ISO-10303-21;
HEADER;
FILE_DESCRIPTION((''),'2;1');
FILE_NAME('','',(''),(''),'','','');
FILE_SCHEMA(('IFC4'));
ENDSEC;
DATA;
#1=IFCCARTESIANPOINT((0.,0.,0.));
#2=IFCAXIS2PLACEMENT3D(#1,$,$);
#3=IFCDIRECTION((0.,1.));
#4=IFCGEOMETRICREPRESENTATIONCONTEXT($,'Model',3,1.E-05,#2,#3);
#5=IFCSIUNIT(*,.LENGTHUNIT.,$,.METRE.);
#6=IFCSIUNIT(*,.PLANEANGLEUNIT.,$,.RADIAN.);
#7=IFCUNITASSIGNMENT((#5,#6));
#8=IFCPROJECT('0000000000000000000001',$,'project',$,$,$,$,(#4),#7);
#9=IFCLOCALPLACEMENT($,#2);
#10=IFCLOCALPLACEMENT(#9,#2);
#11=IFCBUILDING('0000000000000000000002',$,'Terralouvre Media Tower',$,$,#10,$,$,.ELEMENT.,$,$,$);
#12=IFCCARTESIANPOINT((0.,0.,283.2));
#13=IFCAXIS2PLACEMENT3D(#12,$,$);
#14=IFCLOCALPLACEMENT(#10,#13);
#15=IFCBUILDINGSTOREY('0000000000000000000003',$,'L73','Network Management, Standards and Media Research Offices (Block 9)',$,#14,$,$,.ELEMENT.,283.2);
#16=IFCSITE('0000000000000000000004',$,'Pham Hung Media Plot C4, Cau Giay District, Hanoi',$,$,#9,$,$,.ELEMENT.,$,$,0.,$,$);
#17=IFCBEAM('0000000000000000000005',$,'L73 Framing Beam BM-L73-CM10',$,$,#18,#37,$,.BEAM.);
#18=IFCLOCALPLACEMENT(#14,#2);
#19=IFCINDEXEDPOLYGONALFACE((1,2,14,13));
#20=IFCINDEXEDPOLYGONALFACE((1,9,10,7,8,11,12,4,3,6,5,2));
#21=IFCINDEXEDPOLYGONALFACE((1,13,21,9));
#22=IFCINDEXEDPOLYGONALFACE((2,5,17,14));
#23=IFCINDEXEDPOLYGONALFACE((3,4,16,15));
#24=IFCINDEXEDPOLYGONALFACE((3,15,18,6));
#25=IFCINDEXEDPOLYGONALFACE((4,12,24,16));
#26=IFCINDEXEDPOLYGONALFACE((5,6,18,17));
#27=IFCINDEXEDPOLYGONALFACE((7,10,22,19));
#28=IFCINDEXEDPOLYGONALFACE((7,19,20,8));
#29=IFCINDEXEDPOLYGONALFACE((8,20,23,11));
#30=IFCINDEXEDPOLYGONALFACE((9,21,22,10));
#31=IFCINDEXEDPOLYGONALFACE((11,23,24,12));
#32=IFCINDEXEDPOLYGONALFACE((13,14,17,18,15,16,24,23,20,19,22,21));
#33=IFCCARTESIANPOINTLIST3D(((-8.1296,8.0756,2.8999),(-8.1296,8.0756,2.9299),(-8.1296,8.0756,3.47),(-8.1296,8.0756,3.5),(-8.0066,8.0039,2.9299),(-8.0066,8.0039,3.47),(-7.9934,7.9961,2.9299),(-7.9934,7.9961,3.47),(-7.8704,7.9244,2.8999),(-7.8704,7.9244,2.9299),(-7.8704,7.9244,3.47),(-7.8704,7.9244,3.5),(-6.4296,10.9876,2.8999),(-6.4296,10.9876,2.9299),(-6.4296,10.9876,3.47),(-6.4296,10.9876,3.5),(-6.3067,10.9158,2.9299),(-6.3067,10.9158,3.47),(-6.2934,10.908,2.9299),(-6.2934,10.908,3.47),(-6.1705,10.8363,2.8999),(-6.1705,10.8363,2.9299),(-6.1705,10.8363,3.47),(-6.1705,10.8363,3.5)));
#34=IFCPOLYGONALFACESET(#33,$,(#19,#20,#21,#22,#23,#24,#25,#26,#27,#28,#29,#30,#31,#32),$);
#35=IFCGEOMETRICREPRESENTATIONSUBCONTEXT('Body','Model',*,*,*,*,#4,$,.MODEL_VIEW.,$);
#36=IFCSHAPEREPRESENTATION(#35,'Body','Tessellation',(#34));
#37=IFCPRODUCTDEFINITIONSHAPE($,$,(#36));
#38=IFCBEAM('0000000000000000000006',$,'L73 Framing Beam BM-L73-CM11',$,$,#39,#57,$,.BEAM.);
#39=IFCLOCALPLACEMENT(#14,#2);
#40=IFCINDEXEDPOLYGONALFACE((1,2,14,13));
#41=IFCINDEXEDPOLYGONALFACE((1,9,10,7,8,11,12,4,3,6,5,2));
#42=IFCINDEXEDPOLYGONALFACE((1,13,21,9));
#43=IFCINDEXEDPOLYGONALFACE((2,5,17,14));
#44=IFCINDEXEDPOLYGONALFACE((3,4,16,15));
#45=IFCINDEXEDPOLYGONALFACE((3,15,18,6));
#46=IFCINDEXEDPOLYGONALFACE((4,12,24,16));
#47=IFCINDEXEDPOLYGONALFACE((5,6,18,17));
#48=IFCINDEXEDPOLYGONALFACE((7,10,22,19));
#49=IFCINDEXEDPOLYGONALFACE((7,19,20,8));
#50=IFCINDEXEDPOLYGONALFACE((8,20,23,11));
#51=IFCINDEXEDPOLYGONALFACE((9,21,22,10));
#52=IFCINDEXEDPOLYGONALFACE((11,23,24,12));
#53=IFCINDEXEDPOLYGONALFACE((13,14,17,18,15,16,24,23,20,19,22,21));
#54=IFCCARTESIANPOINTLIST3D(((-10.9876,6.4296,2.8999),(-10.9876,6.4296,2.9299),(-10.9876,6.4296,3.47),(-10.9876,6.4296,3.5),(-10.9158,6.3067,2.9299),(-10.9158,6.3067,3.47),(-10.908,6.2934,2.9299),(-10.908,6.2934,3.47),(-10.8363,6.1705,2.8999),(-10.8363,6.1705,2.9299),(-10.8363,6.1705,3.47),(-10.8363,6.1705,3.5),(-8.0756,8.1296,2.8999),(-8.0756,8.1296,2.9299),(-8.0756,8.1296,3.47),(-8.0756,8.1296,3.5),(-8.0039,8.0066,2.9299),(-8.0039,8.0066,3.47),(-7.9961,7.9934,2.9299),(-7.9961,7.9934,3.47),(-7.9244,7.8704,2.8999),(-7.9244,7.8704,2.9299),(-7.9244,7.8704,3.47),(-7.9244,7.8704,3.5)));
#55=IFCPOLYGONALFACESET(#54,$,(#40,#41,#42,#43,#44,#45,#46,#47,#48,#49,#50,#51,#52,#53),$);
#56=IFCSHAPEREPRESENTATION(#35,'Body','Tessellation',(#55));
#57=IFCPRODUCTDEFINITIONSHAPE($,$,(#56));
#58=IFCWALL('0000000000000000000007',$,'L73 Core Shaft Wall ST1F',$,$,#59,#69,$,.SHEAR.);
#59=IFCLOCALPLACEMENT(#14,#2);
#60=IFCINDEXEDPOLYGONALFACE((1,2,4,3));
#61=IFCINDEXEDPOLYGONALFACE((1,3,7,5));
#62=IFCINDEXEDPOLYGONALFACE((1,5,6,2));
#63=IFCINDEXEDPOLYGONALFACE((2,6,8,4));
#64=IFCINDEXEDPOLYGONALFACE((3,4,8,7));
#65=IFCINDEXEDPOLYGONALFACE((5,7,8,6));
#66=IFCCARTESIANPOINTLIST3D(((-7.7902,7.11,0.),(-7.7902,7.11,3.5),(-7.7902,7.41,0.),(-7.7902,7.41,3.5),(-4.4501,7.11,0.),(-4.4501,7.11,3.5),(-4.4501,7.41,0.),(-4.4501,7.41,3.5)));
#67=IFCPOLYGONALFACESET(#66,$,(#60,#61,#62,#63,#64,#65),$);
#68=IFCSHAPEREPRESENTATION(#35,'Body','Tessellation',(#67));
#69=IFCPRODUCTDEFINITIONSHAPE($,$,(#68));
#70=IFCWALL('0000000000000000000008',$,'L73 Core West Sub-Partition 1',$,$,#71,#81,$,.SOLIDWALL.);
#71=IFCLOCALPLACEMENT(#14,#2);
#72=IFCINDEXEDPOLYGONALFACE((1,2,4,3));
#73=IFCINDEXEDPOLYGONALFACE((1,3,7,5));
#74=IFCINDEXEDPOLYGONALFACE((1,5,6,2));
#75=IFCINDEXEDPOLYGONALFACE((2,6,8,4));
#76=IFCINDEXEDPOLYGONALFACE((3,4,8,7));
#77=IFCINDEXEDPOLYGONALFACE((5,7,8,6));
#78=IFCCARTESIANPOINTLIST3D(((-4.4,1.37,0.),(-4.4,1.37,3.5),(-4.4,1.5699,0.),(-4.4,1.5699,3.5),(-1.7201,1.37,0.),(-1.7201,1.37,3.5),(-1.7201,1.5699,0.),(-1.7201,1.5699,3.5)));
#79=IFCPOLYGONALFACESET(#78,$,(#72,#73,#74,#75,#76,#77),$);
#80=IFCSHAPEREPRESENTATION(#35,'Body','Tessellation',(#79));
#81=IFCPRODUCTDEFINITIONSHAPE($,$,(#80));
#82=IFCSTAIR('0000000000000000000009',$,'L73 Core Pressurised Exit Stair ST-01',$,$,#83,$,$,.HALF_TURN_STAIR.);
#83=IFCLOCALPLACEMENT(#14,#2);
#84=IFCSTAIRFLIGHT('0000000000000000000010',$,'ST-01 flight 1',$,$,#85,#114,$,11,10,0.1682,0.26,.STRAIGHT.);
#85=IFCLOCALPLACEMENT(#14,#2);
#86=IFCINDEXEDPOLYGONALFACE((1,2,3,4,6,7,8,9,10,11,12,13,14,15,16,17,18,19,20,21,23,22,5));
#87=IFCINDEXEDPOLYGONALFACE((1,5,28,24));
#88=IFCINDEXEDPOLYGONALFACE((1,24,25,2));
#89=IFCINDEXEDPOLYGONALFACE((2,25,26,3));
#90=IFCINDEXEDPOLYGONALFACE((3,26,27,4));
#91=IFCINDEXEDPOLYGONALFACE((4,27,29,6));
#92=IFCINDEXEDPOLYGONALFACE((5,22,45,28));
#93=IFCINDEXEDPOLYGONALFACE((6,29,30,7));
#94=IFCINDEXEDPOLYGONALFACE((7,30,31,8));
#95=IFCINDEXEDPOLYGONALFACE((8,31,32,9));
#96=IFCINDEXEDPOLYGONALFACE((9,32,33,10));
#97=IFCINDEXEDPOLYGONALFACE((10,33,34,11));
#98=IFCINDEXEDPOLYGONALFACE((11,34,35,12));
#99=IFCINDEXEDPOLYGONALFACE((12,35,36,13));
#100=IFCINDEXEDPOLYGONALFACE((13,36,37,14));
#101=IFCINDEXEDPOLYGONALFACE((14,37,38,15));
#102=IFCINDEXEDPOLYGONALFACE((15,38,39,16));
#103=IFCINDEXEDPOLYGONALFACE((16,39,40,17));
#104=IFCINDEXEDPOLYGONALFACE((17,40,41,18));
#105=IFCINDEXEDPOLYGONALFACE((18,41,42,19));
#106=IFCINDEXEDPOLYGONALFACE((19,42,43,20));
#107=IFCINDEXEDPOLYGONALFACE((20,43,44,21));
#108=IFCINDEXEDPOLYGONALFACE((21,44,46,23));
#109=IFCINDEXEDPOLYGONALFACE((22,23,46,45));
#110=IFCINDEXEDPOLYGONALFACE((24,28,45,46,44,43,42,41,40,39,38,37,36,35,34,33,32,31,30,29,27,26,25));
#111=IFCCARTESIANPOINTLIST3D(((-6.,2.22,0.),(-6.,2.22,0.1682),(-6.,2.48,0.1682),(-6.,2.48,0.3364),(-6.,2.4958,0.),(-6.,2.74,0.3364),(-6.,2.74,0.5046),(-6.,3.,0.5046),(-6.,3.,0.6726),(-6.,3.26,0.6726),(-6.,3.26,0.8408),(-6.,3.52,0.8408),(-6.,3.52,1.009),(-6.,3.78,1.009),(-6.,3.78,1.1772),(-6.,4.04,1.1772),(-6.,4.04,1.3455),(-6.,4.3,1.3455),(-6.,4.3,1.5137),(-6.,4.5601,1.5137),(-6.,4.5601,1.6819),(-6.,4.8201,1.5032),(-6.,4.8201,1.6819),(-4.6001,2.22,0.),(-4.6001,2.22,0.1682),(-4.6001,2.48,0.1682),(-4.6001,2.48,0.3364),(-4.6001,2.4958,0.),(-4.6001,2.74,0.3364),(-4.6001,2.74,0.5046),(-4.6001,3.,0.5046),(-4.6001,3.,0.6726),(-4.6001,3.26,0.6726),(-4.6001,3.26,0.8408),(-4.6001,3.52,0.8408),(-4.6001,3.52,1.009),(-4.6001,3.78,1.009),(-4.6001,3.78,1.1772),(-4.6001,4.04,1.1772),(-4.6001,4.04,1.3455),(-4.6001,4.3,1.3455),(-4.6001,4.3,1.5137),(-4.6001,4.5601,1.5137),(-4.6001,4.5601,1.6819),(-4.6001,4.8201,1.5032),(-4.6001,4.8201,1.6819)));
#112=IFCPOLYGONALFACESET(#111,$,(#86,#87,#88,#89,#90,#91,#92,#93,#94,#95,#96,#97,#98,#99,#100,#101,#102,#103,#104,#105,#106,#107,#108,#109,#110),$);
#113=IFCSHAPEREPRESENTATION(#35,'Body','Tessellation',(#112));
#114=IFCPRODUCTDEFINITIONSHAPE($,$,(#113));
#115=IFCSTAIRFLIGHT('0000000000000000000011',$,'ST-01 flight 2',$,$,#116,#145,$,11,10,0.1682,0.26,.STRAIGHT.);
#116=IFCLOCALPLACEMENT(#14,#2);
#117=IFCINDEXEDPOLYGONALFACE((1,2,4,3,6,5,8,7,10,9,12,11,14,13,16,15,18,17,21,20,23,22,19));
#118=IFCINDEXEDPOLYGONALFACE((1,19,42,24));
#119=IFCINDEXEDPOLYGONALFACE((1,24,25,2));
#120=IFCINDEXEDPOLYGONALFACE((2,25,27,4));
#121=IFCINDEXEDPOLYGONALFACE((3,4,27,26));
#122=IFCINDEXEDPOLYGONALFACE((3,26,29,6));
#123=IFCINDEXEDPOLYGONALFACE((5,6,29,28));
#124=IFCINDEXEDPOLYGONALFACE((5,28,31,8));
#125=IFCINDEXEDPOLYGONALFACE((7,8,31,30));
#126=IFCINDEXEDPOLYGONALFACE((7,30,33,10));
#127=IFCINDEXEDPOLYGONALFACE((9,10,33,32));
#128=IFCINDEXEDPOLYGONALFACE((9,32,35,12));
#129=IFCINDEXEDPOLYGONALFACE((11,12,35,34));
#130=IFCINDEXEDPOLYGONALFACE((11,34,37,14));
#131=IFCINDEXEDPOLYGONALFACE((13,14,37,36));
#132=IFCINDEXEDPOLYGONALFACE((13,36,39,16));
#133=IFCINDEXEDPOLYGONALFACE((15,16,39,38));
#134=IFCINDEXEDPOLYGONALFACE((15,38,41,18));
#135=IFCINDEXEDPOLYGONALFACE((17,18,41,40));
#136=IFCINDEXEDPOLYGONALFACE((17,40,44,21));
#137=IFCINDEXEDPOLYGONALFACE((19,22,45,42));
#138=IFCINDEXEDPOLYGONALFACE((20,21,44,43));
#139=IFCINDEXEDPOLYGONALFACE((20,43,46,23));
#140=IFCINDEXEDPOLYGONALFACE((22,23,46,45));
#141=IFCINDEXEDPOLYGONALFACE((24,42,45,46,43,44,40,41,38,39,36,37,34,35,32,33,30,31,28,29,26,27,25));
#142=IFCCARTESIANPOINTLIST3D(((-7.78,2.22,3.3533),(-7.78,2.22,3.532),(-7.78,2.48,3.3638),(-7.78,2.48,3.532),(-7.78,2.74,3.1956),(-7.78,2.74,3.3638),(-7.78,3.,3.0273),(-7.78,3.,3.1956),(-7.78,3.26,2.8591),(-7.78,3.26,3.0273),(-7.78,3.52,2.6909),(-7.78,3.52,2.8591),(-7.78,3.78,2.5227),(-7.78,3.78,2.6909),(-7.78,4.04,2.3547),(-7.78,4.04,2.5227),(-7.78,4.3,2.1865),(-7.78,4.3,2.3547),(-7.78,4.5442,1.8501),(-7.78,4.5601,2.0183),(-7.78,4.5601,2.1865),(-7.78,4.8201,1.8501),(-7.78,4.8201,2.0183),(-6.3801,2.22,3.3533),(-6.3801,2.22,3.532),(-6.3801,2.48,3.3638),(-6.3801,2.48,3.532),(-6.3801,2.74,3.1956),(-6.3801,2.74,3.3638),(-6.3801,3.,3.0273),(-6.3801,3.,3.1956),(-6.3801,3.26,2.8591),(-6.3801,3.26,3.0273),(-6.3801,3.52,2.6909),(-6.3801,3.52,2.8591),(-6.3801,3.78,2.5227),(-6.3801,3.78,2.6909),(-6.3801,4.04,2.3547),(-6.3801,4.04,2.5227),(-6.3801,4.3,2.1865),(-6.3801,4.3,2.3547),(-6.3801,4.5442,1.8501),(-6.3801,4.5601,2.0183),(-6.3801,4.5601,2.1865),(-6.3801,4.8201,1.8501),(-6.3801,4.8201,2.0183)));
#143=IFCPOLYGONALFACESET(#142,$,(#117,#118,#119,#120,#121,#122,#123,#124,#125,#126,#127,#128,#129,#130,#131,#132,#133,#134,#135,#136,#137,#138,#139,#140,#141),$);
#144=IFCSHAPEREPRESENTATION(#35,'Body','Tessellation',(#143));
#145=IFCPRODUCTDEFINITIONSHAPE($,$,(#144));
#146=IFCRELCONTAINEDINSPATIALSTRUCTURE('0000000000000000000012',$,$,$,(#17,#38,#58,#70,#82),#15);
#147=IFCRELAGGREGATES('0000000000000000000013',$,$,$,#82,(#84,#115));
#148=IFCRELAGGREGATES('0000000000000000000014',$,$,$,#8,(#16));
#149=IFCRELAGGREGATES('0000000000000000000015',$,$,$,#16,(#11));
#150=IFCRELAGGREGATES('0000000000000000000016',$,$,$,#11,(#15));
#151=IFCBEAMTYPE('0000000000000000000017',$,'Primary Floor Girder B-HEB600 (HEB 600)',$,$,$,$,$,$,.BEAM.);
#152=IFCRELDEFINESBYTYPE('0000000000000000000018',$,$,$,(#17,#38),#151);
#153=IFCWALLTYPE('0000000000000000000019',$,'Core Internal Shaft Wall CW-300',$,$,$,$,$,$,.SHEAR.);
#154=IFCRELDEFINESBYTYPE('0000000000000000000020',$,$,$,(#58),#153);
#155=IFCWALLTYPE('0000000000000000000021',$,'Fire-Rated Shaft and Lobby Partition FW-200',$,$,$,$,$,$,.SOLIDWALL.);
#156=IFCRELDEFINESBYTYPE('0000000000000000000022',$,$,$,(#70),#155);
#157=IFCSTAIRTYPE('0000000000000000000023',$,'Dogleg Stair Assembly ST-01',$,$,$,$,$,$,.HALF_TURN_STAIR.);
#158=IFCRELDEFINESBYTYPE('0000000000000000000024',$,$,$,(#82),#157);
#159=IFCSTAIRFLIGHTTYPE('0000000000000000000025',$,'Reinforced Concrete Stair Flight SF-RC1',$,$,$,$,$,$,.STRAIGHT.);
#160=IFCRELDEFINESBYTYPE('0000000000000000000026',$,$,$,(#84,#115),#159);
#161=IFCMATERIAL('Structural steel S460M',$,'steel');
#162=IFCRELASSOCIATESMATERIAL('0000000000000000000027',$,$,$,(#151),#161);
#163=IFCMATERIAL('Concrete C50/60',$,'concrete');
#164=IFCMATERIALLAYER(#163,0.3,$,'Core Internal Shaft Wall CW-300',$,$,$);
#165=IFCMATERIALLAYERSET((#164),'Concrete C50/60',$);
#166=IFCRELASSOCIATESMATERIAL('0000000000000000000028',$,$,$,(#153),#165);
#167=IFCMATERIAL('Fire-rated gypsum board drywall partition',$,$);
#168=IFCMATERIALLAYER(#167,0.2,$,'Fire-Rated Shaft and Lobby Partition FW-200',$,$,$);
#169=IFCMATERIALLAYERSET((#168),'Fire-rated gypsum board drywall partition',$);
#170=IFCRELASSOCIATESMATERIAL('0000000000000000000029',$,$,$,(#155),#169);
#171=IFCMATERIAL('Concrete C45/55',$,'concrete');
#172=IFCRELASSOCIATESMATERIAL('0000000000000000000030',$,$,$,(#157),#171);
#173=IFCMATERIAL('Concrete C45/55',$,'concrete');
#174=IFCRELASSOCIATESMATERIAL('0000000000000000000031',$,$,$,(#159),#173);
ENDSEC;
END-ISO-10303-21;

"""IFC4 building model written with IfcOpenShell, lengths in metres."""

from ifc_helpers import new_model, si_unit, direction, frame, frame_2d, origin, origin_2d, place, context, subcontext, project, spatial, polyline, rectangle, i_section, outline, extrude, material, layer, layer_set, material_profile, profile_set, type_object, element, aggregate, save


model = new_model("IFC4")

# Units and contexts
model_context = context("Model", 3, precision=1e-05, world=origin(), true_north=direction((0.0, 1.0)))
body_context = subcontext(model_context, "Body", "Model", "MODEL_VIEW")
ifc_project = project(units=[si_unit("LENGTHUNIT", "METRE"), si_unit("PLANEANGLEUNIT", "RADIAN")], contexts=[model_context])

# Site, building, storey
site_placement = place(None, origin())
site = spatial("IfcSite", under=ifc_project, at=site_placement, Name="Pham Hung Media Plot C4, Cau Giay District, Hanoi", CompositionType="ELEMENT", RefElevation=0.0)
building_placement = place(site_placement, origin())
building = spatial("IfcBuilding", under=site, at=building_placement, Name="Terralouvre Media Tower", CompositionType="ELEMENT")
storey_placement = place(building_placement, frame((0.0, 0.0, 283.2)))
storey = spatial("IfcBuildingStorey", under=building, at=storey_placement, Name="L73", Description="Network Management, Standards and Media Research Offices (Block 9)", CompositionType="ELEMENT", Elevation=283.2)

# Beams
ifc_material_1 = material(Name="Structural steel S460M", Category="steel")
ifc_material_profile = material_profile(ifc_material_1, i_section(OverallWidth=0.3, OverallDepth=0.6001, WebThickness=0.0154, FlangeThickness=0.03, at=origin_2d()), Name="HEB 600")
ifc_profile_set = profile_set([ifc_material_profile], Name="Structural steel S460M")
beam_type = type_object("IfcBeamType", Name="Primary Floor Girder B-HEB600 (HEB 600)", PredefinedType="BEAM", material=ifc_profile_set)
for number, where, z_axis, x_axis, name in (
    (1, (-8.0, 8.0, 3.2), (0.504173, 0.863603, 0.0), (-0.863603, 0.504173, 0.0), "L73 Framing Beam BM-L73-CM10"),
    (2, (-8.0, 8.0, 3.2), (-0.863603, -0.504173, 0.0), (0.504173, -0.863603, 0.0), "L73 Framing Beam BM-L73-CM11"),
):
    element("IfcBeam", number, at=place(storey_placement, frame(where, z_axis=z_axis, x_axis=x_axis)), inside=storey, type_object=beam_type, Name=name, PredefinedType="BEAM", context=body_context, shape_type="SweptSolid", body=[
        extrude(i_section(OverallWidth=0.3, OverallDepth=0.6001, WebThickness=0.0154, FlangeThickness=0.03, at=origin_2d()), origin(), (0.0, 0.0, 1.0), 3.3718),
    ])

# Shared definitions
ifc_material_2 = material(Name="Concrete C50/60", Category="concrete")
ifc_layer_1 = layer(ifc_material_2, 0.3, Name="Core Internal Shaft Wall CW-300")
ifc_layer_set_1 = layer_set([ifc_layer_1], Name="Concrete C50/60")
wall_type_1 = type_object("IfcWallType", Name="Core Internal Shaft Wall CW-300", PredefinedType="SHEAR", material=ifc_layer_set_1)

# Wall
wall_1_placement = place(storey_placement, frame((-7.79, 7.26, 0.0), z_axis=(0.0, 0.0, 1.0), x_axis=(1.0, 0.0, 0.0)))
element("IfcWall", 3, at=wall_1_placement, inside=storey, type_object=wall_type_1, Name="L73 Core Shaft Wall ST1F", PredefinedType="SHEAR", context=body_context, shape_type="SweptSolid", body=[
    extrude(rectangle(XDim=3.3401, YDim=0.3, at=frame_2d((1.6699, 0.0))), origin(), (0.0, 0.0, 1.0), 3.5),
])

# Wall
ifc_material_3 = material(Name="Fire-rated gypsum board drywall partition")
ifc_layer_2 = layer(ifc_material_3, 0.2, Name="Fire-Rated Shaft and Lobby Partition FW-200")
ifc_layer_set_2 = layer_set([ifc_layer_2], Name="Fire-rated gypsum board drywall partition")
wall_type_2 = type_object("IfcWallType", Name="Fire-Rated Shaft and Lobby Partition FW-200", PredefinedType="SOLIDWALL", material=ifc_layer_set_2)
wall_2_placement = place(storey_placement, frame((-4.3999, 1.47, 0.0), z_axis=(0.0, 0.0, 1.0), x_axis=(1.0, 0.0, 0.0)))
element("IfcWall", 4, at=wall_2_placement, inside=storey, type_object=wall_type_2, Name="L73 Core West Sub-Partition 1", PredefinedType="SOLIDWALL", context=body_context, shape_type="SweptSolid", body=[
    extrude(rectangle(XDim=2.6799, YDim=0.2, at=frame_2d((1.3398, 0.0))), origin(), (0.0, 0.0, 1.0), 3.5),
])

# Stair, stair flights
ifc_material_4 = material(Name="Concrete C45/55", Category="concrete")
stair_type = type_object("IfcStairType", Name="Dogleg Stair Assembly ST-01", PredefinedType="HALF_TURN_STAIR", material=ifc_material_4)
stair_placement = place(storey_placement, origin())
stair = element("IfcStair", 5, at=stair_placement, inside=storey, type_object=stair_type, Name="L73 Core Pressurised Exit Stair ST-01", PredefinedType="HALF_TURN_STAIR")
ifc_material_5 = material(Name="Concrete C45/55", Category="concrete")
stair_flight_type = type_object("IfcStairFlightType", Name="Reinforced Concrete Stair Flight SF-RC1", PredefinedType="STRAIGHT", material=ifc_material_5)
stair_flight_1_placement = place(storey_placement, frame((-5.3, 2.22, 0.0), z_axis=(0.0, 0.0, 1.0), x_axis=(0.0, 1.0, 0.0)))
stair_flight_1 = element("IfcStairFlight", 6, at=stair_flight_1_placement, type_object=stair_flight_type, Name="ST-01 flight 1", NumberOfRisers=11, NumberOfTreads=10, PredefinedType="STRAIGHT", RiserHeight=0.1682, TreadLength=0.26, context=body_context, shape_type="SweptSolid", body=[
    extrude(outline(polyline([(0.0, 0.0), (0.0, 0.1682), (0.26, 0.1682), (0.26, 0.3364), (0.52, 0.3364), (0.52, 0.5046), (0.78, 0.5046), (0.78, 0.6726), (1.04, 0.6726), (1.04, 0.8408), (1.3, 0.8408), (1.3, 1.009), (1.5601, 1.009), (1.5601, 1.1772), (1.8201, 1.1772), (1.8201, 1.3455), (2.0801, 1.3455), (2.0801, 1.5137), (2.3401, 1.5137), (2.3401, 1.6819), (2.6001, 1.6819), (2.6001, 1.8501), (2.6001, 1.5032), (0.2759, 0.0), (0.0, 0.0)])), frame((0.0, 0.7, 0.0), z_axis=(0.0, -1.0, 0.0), x_axis=(1.0, 0.0, 0.0)), (0.0, 0.0, 1.0), 1.3999),
])
stair_flight_2_placement = place(storey_placement, frame((-7.0801, 4.8201, 1.8501), z_axis=(0.0, 0.0, 1.0), x_axis=(0.0, -1.0, 0.0)))
stair_flight_2 = element("IfcStairFlight", 7, at=stair_flight_2_placement, type_object=stair_flight_type, Name="ST-01 flight 2", NumberOfRisers=11, NumberOfTreads=10, PredefinedType="STRAIGHT", RiserHeight=0.1682, TreadLength=0.26, context=body_context, shape_type="SweptSolid", body=[
    extrude(outline(polyline([(0.0, 0.0), (0.0, 0.1682), (0.26, 0.1682), (0.26, 0.3364), (0.52, 0.3364), (0.52, 0.5046), (0.78, 0.5046), (0.78, 0.6726), (1.04, 0.6726), (1.04, 0.8408), (1.3, 0.8408), (1.3, 1.009), (1.5601, 1.009), (1.5601, 1.1772), (1.8201, 1.1772), (1.8201, 1.3455), (2.0801, 1.3455), (2.0801, 1.5137), (2.3401, 1.5137), (2.3401, 1.6819), (2.6001, 1.6819), (2.6001, 1.8501), (2.6001, 1.5032), (0.2759, 0.0), (0.0, 0.0)])), frame((0.0, 0.7, 0.0), z_axis=(0.0, -1.0, 0.0), x_axis=(1.0, 0.0, 0.0)), (0.0, 0.0, 1.0), 1.3999),
])
aggregate(stair, [stair_flight_1, stair_flight_2])

save(model, "model.ifc")
